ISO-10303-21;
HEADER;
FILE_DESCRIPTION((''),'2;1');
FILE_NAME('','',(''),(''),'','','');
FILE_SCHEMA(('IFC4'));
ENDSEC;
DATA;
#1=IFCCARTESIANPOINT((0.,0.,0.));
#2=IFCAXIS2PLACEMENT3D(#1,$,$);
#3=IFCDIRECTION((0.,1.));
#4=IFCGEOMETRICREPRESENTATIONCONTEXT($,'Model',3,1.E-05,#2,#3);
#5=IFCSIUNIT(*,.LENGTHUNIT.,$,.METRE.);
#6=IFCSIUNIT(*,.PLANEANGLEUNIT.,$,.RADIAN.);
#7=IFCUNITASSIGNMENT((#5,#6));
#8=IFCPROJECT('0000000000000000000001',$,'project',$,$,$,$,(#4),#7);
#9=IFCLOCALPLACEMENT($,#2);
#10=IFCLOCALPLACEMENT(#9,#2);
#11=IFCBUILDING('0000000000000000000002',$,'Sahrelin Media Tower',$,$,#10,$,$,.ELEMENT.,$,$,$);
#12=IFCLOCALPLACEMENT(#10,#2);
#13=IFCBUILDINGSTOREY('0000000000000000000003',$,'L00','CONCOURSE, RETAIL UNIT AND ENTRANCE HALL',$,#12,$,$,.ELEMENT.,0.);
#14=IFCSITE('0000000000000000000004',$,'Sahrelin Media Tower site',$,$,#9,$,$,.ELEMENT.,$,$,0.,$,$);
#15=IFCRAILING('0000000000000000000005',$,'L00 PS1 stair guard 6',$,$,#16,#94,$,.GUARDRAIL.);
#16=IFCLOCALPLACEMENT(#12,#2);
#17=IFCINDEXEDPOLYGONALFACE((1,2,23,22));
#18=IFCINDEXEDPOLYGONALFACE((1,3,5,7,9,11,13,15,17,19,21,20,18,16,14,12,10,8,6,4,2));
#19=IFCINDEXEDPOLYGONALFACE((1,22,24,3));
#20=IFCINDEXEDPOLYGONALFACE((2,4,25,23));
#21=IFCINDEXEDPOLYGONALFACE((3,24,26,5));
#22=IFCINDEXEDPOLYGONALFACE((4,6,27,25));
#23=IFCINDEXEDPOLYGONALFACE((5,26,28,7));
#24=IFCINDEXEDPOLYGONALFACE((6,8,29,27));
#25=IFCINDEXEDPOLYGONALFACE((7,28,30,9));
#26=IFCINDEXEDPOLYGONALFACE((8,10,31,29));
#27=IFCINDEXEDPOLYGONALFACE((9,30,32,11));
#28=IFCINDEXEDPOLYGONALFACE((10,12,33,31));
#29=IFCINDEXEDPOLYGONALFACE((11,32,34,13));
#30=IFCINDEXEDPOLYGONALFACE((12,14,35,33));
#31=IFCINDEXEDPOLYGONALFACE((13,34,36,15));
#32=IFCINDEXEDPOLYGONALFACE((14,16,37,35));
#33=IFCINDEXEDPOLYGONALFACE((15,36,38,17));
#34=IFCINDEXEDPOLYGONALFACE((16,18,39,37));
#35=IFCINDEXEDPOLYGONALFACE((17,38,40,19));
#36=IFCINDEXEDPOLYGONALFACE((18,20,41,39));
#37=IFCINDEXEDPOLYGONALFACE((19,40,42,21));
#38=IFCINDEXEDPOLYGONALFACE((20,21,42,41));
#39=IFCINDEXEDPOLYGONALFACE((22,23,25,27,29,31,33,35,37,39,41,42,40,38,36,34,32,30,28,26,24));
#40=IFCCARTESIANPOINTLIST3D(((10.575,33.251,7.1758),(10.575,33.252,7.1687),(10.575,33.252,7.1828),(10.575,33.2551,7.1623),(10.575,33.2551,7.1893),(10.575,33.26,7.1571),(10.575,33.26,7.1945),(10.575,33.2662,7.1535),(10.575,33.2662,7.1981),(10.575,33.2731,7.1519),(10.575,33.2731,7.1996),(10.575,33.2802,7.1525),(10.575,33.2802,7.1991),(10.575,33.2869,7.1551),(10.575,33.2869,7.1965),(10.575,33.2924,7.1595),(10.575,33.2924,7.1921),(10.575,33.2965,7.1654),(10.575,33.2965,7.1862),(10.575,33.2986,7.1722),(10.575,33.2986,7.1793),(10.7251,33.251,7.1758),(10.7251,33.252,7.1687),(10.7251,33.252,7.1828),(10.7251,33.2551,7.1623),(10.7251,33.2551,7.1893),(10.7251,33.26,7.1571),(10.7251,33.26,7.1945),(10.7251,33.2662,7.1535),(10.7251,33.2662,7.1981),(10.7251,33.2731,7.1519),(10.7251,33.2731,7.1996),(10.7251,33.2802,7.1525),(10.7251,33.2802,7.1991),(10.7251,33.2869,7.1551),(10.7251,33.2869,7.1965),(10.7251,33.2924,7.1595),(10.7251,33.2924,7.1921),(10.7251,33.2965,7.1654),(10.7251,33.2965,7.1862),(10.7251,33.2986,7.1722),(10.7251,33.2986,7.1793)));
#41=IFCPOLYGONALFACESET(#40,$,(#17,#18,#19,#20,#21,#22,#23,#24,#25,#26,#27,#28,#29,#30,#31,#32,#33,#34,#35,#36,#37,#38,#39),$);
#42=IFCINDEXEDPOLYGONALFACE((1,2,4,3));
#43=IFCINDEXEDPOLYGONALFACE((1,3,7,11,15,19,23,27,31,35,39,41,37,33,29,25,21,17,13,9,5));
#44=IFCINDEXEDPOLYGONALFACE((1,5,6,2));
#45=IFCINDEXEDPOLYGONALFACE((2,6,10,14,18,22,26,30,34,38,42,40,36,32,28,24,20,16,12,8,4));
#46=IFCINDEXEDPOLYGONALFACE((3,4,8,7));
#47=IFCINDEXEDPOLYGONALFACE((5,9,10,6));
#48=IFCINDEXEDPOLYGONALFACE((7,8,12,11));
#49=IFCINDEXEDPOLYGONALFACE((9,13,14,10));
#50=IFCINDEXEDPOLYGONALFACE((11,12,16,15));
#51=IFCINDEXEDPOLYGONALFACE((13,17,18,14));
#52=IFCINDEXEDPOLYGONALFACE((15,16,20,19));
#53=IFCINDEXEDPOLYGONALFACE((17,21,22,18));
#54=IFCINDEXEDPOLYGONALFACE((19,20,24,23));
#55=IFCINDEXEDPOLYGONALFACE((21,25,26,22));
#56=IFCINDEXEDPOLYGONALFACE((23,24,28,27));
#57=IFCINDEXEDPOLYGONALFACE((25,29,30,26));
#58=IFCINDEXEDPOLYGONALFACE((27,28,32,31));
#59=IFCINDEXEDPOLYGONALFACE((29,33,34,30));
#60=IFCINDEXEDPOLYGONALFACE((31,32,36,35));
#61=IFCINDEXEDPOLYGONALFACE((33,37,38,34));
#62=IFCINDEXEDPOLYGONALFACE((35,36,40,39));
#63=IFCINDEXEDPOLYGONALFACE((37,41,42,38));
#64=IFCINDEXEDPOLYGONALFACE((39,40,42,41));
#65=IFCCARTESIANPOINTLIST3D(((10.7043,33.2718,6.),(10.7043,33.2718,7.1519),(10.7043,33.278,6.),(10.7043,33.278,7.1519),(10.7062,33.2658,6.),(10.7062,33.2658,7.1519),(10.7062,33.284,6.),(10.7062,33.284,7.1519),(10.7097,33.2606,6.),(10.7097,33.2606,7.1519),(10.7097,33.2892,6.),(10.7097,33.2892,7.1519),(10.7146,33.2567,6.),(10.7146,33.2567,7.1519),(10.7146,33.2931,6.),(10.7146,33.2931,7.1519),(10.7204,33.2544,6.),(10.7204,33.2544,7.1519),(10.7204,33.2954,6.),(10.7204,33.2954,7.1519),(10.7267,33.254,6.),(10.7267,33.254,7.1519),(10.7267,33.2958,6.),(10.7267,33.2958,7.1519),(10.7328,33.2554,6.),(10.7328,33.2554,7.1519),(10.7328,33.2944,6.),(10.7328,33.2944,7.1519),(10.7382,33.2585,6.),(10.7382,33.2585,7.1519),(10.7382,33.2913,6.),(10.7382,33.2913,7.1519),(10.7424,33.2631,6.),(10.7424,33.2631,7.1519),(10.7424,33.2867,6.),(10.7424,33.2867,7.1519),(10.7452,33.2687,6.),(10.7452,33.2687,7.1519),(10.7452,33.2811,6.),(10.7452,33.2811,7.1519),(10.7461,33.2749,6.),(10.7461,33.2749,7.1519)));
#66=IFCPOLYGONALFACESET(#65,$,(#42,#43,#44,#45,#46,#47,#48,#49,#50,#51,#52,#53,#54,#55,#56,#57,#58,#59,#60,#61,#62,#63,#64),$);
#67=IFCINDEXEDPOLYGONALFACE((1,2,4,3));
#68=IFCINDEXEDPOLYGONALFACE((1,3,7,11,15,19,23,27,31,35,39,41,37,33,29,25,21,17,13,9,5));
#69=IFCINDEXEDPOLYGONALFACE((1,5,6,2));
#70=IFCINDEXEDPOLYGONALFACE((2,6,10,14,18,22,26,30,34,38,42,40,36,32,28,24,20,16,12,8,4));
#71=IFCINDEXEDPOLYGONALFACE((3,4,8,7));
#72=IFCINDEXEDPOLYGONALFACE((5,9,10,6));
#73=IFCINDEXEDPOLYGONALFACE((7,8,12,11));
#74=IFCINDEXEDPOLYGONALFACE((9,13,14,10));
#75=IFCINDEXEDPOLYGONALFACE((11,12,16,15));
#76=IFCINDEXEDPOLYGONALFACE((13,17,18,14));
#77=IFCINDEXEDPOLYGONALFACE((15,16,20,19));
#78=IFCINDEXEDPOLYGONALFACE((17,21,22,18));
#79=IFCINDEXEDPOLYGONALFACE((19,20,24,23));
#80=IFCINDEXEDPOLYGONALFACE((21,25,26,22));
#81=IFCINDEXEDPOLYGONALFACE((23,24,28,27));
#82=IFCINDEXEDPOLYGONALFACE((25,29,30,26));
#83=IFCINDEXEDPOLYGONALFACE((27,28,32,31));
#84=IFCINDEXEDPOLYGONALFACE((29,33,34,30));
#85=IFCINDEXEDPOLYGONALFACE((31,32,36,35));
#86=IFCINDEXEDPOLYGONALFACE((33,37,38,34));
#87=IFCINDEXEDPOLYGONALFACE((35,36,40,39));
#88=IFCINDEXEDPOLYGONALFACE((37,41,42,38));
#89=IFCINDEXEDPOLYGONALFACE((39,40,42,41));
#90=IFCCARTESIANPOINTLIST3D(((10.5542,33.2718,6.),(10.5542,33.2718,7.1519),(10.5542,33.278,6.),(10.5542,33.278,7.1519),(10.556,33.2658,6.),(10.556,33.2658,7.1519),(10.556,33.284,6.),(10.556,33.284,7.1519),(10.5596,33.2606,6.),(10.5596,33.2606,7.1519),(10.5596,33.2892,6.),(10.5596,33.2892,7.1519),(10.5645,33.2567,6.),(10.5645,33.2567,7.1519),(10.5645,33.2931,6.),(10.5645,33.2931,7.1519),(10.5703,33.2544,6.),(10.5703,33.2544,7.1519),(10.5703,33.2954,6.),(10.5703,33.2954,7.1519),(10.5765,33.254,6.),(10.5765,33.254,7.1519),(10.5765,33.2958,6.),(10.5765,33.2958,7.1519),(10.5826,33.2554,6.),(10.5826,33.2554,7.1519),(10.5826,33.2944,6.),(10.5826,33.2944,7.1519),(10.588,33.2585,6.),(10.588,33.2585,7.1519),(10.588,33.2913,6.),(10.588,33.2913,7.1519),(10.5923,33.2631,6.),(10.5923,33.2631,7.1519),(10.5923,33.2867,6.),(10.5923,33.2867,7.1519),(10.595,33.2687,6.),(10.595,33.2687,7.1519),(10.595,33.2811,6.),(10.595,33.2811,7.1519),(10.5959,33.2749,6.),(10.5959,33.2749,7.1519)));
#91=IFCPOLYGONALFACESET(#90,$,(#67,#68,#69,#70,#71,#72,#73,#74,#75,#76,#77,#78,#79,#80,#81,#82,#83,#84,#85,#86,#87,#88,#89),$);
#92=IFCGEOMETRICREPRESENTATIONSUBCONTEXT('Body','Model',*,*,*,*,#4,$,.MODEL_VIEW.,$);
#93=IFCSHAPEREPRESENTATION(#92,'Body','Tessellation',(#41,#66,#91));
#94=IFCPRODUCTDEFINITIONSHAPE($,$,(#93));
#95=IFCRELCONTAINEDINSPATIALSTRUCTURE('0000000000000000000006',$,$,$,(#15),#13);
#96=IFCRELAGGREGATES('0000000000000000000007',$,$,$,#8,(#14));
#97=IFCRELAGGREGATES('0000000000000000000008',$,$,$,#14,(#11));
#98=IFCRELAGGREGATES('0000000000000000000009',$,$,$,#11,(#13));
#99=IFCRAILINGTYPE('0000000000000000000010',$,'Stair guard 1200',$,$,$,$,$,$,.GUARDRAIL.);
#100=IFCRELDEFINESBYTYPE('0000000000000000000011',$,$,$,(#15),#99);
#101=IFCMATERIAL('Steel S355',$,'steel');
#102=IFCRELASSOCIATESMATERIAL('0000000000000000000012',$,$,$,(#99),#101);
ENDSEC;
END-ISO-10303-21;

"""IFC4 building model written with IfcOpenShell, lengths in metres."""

from ifc_helpers import new_model, si_unit, direction, frame, origin, origin_2d, place, context, subcontext, project, spatial, circle, extrude, material, type_object, element, save


model = new_model("IFC4")

# Units and contexts
model_context = context("Model", 3, precision=1e-05, world=origin(), true_north=direction((0.0, 1.0)))
body_context = subcontext(model_context, "Body", "Model", "MODEL_VIEW")
ifc_project = project(units=[si_unit("LENGTHUNIT", "METRE"), si_unit("PLANEANGLEUNIT", "RADIAN")], contexts=[model_context])

# Site, building, storey
site_placement = place(None, origin())
site = spatial("IfcSite", under=ifc_project, at=site_placement, Name="Sahrelin Media Tower site", CompositionType="ELEMENT", RefElevation=0.0)
building_placement = place(site_placement, origin())
building = spatial("IfcBuilding", under=site, at=building_placement, Name="Sahrelin Media Tower", CompositionType="ELEMENT")
storey_placement = place(building_placement, origin())
storey = spatial("IfcBuildingStorey", under=building, at=storey_placement, Name="L00", Description="CONCOURSE, RETAIL UNIT AND ENTRANCE HALL", CompositionType="ELEMENT", Elevation=0.0)

# Shared definitions
ifc_material_1 = material(Name="Steel S355", Category="steel")

# Railing
railing_type = type_object("IfcRailingType", Name="Stair guard 1200", PredefinedType="GUARDRAIL", material=ifc_material_1)
for number, where, name in (
    (1, (10.7251, 33.2749, 6.0), "L00 PS1 stair guard 6"),
):
    element("IfcRailing", number, at=place(storey_placement, frame(where)), inside=storey, type_object=railing_type, Name=name, PredefinedType="GUARDRAIL", context=body_context, shape_type="SweptSolid", body=[
        extrude(circle(Radius=0.0239, at=origin_2d()), frame((0.0, 0.0, 1.1758), z_axis=(-1.0, 0.0, 0.0), x_axis=(0.0, -1.0, 0.0)), (0.0, 0.0, 1.0), 0.1501),
        extrude(circle(Radius=0.021, at=origin_2d()), origin(), (0.0, 0.0, 1.0), 1.1519),
        extrude(circle(Radius=0.021, at=origin_2d()), frame((-0.1501, 0.0, 0.0)), (0.0, 0.0, 1.0), 1.1519),
    ])

save(model, "model.ifc")
